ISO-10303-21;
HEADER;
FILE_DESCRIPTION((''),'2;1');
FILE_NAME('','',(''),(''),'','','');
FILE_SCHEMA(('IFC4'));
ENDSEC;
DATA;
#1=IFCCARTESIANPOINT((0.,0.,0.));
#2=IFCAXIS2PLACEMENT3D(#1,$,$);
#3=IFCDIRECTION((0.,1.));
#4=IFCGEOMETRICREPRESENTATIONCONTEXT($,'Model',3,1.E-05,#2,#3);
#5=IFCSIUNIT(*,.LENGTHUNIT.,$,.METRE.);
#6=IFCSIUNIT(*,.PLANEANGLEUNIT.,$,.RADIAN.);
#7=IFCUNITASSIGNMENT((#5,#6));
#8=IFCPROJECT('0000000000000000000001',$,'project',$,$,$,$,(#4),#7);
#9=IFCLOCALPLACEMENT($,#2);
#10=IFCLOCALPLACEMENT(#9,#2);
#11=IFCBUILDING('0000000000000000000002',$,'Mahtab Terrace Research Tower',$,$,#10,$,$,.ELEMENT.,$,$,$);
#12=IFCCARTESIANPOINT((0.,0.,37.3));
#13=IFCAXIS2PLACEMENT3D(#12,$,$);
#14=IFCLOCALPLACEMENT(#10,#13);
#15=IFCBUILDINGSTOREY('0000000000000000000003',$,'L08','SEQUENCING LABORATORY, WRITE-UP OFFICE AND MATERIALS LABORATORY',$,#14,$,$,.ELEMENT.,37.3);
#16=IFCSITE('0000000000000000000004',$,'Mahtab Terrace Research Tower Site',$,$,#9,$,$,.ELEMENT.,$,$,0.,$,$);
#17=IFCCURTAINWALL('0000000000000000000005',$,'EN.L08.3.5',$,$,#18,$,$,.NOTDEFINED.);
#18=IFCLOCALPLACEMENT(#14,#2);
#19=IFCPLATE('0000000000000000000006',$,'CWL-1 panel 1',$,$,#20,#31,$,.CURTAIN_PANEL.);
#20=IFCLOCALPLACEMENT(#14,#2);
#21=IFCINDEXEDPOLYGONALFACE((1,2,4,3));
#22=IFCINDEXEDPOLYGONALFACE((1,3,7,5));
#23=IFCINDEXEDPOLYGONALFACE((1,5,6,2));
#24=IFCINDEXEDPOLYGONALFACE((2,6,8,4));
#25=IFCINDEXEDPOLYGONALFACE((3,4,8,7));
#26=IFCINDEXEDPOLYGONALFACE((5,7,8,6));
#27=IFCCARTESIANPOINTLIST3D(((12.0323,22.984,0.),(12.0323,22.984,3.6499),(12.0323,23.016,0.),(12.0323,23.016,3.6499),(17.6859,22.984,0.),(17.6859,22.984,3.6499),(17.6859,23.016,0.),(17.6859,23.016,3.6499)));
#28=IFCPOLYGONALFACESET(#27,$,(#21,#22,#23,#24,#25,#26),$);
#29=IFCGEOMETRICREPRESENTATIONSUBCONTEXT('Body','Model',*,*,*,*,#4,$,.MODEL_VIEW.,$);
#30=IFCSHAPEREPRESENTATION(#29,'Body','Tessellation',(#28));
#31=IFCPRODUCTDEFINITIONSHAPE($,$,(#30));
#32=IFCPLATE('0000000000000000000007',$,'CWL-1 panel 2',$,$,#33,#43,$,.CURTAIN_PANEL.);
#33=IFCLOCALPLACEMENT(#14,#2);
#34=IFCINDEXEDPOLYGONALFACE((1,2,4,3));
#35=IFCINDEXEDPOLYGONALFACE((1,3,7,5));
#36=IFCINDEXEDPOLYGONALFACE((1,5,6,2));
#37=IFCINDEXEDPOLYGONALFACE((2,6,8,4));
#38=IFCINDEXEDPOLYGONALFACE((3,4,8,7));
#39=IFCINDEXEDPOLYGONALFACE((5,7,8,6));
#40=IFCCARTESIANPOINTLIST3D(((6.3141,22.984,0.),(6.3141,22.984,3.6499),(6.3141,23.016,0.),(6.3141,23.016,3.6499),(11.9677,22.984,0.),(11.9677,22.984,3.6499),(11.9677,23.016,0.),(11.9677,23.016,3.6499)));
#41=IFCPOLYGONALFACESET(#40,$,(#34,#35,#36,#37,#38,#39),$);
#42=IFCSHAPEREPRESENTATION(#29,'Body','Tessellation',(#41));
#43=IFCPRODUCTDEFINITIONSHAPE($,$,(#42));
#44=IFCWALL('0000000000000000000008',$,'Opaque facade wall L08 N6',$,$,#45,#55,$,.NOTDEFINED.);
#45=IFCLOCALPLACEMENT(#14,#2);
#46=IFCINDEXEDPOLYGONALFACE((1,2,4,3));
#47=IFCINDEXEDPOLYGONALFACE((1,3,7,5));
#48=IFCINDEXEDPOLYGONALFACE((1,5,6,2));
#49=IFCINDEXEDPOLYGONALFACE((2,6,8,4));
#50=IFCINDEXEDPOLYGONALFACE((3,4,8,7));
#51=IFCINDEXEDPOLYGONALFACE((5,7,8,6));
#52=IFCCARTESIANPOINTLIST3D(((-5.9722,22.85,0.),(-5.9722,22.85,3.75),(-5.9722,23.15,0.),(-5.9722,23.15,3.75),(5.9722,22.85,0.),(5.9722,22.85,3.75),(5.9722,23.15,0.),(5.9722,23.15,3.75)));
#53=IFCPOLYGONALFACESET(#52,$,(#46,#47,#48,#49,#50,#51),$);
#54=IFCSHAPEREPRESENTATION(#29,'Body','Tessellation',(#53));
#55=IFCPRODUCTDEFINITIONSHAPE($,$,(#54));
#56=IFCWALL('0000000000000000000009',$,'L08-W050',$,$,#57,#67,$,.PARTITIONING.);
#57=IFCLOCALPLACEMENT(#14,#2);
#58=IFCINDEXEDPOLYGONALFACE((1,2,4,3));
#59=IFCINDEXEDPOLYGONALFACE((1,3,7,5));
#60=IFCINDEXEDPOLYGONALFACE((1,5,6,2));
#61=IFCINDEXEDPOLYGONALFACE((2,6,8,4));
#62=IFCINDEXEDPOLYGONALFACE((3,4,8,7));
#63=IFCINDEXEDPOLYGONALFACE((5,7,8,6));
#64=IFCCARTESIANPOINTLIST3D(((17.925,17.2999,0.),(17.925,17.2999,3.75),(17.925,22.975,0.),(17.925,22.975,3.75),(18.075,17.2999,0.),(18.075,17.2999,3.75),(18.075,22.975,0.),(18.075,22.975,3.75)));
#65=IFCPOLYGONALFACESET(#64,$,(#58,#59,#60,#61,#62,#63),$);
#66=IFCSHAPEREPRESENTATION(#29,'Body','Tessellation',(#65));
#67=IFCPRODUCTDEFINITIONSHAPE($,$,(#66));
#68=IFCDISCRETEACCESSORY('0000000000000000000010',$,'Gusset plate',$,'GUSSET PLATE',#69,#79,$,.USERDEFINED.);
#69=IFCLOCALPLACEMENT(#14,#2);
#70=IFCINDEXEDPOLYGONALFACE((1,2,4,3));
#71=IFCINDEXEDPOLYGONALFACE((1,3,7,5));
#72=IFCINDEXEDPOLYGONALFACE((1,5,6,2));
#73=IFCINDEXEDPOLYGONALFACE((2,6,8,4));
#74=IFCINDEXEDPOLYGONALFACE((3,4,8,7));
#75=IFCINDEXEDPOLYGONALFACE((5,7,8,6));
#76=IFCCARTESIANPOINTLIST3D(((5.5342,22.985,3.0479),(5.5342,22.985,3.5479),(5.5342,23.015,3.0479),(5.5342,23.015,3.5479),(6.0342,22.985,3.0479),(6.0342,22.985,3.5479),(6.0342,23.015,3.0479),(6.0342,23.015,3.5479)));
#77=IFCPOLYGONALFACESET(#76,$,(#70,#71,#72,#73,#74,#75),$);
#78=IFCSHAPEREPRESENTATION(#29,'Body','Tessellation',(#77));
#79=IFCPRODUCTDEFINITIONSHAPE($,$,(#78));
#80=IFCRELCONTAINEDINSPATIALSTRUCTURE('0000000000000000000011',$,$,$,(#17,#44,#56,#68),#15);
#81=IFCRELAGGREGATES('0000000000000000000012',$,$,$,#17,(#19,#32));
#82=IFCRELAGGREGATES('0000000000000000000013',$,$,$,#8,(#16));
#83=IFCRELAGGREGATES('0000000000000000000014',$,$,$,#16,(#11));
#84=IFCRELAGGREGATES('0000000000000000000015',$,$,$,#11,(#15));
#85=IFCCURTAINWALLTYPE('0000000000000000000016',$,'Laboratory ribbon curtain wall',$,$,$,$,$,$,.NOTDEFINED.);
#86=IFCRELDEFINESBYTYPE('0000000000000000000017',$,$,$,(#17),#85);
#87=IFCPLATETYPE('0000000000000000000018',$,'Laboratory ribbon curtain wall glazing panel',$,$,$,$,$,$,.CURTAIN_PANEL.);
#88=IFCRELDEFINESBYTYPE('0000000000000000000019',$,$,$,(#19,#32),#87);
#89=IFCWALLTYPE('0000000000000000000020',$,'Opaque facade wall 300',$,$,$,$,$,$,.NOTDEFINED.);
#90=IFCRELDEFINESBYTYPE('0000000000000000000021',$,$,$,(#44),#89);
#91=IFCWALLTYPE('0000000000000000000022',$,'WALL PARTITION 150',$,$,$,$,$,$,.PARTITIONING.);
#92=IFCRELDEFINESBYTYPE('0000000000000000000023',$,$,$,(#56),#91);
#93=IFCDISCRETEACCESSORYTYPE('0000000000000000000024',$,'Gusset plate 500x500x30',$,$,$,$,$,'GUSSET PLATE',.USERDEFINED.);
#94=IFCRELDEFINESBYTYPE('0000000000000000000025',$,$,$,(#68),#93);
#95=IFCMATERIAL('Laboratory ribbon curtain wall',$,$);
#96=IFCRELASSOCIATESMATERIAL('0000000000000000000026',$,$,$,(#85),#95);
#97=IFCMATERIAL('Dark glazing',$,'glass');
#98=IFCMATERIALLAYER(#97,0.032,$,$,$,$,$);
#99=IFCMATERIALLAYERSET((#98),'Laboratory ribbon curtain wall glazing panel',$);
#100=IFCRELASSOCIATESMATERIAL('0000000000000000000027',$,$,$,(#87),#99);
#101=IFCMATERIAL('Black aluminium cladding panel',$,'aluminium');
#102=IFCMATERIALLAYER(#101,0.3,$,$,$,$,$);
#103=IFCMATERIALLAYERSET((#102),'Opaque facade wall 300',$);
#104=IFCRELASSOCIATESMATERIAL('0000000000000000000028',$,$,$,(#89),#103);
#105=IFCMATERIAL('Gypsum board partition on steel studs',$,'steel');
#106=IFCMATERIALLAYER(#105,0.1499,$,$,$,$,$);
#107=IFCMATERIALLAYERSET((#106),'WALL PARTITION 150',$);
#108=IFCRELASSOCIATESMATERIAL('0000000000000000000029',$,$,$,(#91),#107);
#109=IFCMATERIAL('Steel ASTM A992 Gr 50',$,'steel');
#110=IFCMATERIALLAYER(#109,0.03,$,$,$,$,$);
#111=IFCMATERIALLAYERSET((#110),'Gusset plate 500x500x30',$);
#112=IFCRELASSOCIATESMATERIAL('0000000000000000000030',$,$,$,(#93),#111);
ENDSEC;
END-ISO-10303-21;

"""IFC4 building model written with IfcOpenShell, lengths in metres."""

from ifc_helpers import new_model, si_unit, direction, frame, frame_2d, origin, origin_2d, place, context, subcontext, project, spatial, rectangle, extrude, material, layer, layer_set, type_object, element, aggregate, save


model = new_model("IFC4")

# Units and contexts
model_context = context("Model", 3, precision=1e-05, world=origin(), true_north=direction((0.0, 1.0)))
body_context = subcontext(model_context, "Body", "Model", "MODEL_VIEW")
ifc_project = project(units=[si_unit("LENGTHUNIT", "METRE"), si_unit("PLANEANGLEUNIT", "RADIAN")], contexts=[model_context])

# Site, building, storey
site_placement = place(None, origin())
site = spatial("IfcSite", under=ifc_project, at=site_placement, Name="Mahtab Terrace Research Tower Site", CompositionType="ELEMENT", RefElevation=0.0)
building_placement = place(site_placement, origin())
building = spatial("IfcBuilding", under=site, at=building_placement, Name="Mahtab Terrace Research Tower", CompositionType="ELEMENT")
storey_placement = place(building_placement, frame((0.0, 0.0, 37.3)))
storey = spatial("IfcBuildingStorey", under=building, at=storey_placement, Name="L08", Description="SEQUENCING LABORATORY, WRITE-UP OFFICE AND MATERIALS LABORATORY", CompositionType="ELEMENT", Elevation=37.3)

# Shared definitions
ifc_material_1 = material(Name="Steel ASTM A992 Gr 50", Category="steel")

# Shared definitions
ifc_material_2 = material(Name="Laboratory ribbon curtain wall")
curtain_wall_type = type_object("IfcCurtainWallType", Name="Laboratory ribbon curtain wall", PredefinedType="NOTDEFINED", material=ifc_material_2)

# Curtain wall
curtain_wall_1_placement = place(storey_placement, origin())
curtain_wall_1 = element("IfcCurtainWall", 1, at=curtain_wall_1_placement, inside=storey, type_object=curtain_wall_type, Name="EN.L08.3.5", PredefinedType="NOTDEFINED")

# Plates
ifc_material_3 = material(Name="Dark glazing", Category="glass")
ifc_layer_1 = layer(ifc_material_3, 0.032)
ifc_layer_set_1 = layer_set([ifc_layer_1], Name="Laboratory ribbon curtain wall glazing panel")
plate_type = type_object("IfcPlateType", Name="Laboratory ribbon curtain wall glazing panel", PredefinedType="CURTAIN_PANEL", material=ifc_layer_set_1)
plate_1_placement = place(storey_placement, frame((14.8591, 23.0, 0.0), z_axis=(0.0, 0.0, 1.0), x_axis=(-1.0, 0.0, 0.0)))
plate_1 = element("IfcPlate", 2, at=plate_1_placement, type_object=plate_type, Name="CWL-1 panel 1", PredefinedType="CURTAIN_PANEL", context=body_context, shape_type="SweptSolid", body=[
    extrude(rectangle(XDim=5.6536, YDim=0.032, at=origin_2d()), origin(), (0.0, 0.0, 1.0), 3.6499),
])
plate_2_placement = place(storey_placement, frame((9.1409, 23.0, 0.0), z_axis=(0.0, 0.0, 1.0), x_axis=(-1.0, 0.0, 0.0)))
plate_2 = element("IfcPlate", 3, at=plate_2_placement, type_object=plate_type, Name="CWL-1 panel 2", PredefinedType="CURTAIN_PANEL", context=body_context, shape_type="SweptSolid", body=[
    extrude(rectangle(XDim=5.6536, YDim=0.032, at=origin_2d()), origin(), (0.0, 0.0, 1.0), 3.6499),
])
aggregate(curtain_wall_1, [plate_1, plate_2])

# Walls
ifc_material_4 = material(Name="Black aluminium cladding panel", Category="aluminium")
ifc_layer_2 = layer(ifc_material_4, 0.3)
ifc_layer_set_2 = layer_set([ifc_layer_2], Name="Opaque facade wall 300")
wall_type_1 = type_object("IfcWallType", Name="Opaque facade wall 300", PredefinedType="NOTDEFINED", material=ifc_layer_set_2)
wall_1_placement = place(storey_placement, frame((5.9722, 23.0, 0.0), z_axis=(0.0, 0.0, 1.0), x_axis=(-1.0, 0.0, 0.0)))
element("IfcWall", 4, at=wall_1_placement, inside=storey, type_object=wall_type_1, Name="Opaque facade wall L08 N6", PredefinedType="NOTDEFINED", context=body_context, shape_type="SweptSolid", body=[
    extrude(rectangle(XDim=11.9443, YDim=0.3, at=frame_2d((5.9722, 0.0))), origin(), (0.0, 0.0, 1.0), 3.75),
])
ifc_material_5 = material(Name="Gypsum board partition on steel studs", Category="steel")
ifc_layer_3 = layer(ifc_material_5, 0.1499)
ifc_layer_set_3 = layer_set([ifc_layer_3], Name="WALL PARTITION 150")
wall_type_2 = type_object("IfcWallType", Name="WALL PARTITION 150", PredefinedType="PARTITIONING", material=ifc_layer_set_3)
wall_2_placement = place(storey_placement, frame((18.0, 17.3, 0.0), z_axis=(0.0, 0.0, 1.0), x_axis=(0.0, 1.0, 0.0)))
element("IfcWall", 5, at=wall_2_placement, inside=storey, type_object=wall_type_2, Name="L08-W050", PredefinedType="PARTITIONING", context=body_context, shape_type="SweptSolid", body=[
    extrude(rectangle(XDim=5.675, YDim=0.1499, at=frame_2d((2.8374, 0.0))), origin(), (0.0, 0.0, 1.0), 3.75),
])

# Discrete accessory
ifc_layer_4 = layer(ifc_material_1, 0.03)
ifc_layer_set_4 = layer_set([ifc_layer_4], Name="Gusset plate 500x500x30")
discrete_accessory_type = type_object("IfcDiscreteAccessoryType", Name="Gusset plate 500x500x30", ElementType="GUSSET PLATE", PredefinedType="USERDEFINED", material=ifc_layer_set_4)
discrete_accessory_placement = place(storey_placement, frame((5.7842, 23.0, 3.0479), z_axis=(0.0, 0.0, 1.0), x_axis=(1.0, 0.0, 0.0)))
element("IfcDiscreteAccessory", 6, at=discrete_accessory_placement, inside=storey, type_object=discrete_accessory_type, Name="Gusset plate", ObjectType="GUSSET PLATE", PredefinedType="USERDEFINED", context=body_context, shape_type="SweptSolid", body=[
    extrude(rectangle(XDim=0.5, YDim=0.03, at=origin_2d()), origin(), (0.0, 0.0, 1.0), 0.5),
])

save(model, "model.ifc")
